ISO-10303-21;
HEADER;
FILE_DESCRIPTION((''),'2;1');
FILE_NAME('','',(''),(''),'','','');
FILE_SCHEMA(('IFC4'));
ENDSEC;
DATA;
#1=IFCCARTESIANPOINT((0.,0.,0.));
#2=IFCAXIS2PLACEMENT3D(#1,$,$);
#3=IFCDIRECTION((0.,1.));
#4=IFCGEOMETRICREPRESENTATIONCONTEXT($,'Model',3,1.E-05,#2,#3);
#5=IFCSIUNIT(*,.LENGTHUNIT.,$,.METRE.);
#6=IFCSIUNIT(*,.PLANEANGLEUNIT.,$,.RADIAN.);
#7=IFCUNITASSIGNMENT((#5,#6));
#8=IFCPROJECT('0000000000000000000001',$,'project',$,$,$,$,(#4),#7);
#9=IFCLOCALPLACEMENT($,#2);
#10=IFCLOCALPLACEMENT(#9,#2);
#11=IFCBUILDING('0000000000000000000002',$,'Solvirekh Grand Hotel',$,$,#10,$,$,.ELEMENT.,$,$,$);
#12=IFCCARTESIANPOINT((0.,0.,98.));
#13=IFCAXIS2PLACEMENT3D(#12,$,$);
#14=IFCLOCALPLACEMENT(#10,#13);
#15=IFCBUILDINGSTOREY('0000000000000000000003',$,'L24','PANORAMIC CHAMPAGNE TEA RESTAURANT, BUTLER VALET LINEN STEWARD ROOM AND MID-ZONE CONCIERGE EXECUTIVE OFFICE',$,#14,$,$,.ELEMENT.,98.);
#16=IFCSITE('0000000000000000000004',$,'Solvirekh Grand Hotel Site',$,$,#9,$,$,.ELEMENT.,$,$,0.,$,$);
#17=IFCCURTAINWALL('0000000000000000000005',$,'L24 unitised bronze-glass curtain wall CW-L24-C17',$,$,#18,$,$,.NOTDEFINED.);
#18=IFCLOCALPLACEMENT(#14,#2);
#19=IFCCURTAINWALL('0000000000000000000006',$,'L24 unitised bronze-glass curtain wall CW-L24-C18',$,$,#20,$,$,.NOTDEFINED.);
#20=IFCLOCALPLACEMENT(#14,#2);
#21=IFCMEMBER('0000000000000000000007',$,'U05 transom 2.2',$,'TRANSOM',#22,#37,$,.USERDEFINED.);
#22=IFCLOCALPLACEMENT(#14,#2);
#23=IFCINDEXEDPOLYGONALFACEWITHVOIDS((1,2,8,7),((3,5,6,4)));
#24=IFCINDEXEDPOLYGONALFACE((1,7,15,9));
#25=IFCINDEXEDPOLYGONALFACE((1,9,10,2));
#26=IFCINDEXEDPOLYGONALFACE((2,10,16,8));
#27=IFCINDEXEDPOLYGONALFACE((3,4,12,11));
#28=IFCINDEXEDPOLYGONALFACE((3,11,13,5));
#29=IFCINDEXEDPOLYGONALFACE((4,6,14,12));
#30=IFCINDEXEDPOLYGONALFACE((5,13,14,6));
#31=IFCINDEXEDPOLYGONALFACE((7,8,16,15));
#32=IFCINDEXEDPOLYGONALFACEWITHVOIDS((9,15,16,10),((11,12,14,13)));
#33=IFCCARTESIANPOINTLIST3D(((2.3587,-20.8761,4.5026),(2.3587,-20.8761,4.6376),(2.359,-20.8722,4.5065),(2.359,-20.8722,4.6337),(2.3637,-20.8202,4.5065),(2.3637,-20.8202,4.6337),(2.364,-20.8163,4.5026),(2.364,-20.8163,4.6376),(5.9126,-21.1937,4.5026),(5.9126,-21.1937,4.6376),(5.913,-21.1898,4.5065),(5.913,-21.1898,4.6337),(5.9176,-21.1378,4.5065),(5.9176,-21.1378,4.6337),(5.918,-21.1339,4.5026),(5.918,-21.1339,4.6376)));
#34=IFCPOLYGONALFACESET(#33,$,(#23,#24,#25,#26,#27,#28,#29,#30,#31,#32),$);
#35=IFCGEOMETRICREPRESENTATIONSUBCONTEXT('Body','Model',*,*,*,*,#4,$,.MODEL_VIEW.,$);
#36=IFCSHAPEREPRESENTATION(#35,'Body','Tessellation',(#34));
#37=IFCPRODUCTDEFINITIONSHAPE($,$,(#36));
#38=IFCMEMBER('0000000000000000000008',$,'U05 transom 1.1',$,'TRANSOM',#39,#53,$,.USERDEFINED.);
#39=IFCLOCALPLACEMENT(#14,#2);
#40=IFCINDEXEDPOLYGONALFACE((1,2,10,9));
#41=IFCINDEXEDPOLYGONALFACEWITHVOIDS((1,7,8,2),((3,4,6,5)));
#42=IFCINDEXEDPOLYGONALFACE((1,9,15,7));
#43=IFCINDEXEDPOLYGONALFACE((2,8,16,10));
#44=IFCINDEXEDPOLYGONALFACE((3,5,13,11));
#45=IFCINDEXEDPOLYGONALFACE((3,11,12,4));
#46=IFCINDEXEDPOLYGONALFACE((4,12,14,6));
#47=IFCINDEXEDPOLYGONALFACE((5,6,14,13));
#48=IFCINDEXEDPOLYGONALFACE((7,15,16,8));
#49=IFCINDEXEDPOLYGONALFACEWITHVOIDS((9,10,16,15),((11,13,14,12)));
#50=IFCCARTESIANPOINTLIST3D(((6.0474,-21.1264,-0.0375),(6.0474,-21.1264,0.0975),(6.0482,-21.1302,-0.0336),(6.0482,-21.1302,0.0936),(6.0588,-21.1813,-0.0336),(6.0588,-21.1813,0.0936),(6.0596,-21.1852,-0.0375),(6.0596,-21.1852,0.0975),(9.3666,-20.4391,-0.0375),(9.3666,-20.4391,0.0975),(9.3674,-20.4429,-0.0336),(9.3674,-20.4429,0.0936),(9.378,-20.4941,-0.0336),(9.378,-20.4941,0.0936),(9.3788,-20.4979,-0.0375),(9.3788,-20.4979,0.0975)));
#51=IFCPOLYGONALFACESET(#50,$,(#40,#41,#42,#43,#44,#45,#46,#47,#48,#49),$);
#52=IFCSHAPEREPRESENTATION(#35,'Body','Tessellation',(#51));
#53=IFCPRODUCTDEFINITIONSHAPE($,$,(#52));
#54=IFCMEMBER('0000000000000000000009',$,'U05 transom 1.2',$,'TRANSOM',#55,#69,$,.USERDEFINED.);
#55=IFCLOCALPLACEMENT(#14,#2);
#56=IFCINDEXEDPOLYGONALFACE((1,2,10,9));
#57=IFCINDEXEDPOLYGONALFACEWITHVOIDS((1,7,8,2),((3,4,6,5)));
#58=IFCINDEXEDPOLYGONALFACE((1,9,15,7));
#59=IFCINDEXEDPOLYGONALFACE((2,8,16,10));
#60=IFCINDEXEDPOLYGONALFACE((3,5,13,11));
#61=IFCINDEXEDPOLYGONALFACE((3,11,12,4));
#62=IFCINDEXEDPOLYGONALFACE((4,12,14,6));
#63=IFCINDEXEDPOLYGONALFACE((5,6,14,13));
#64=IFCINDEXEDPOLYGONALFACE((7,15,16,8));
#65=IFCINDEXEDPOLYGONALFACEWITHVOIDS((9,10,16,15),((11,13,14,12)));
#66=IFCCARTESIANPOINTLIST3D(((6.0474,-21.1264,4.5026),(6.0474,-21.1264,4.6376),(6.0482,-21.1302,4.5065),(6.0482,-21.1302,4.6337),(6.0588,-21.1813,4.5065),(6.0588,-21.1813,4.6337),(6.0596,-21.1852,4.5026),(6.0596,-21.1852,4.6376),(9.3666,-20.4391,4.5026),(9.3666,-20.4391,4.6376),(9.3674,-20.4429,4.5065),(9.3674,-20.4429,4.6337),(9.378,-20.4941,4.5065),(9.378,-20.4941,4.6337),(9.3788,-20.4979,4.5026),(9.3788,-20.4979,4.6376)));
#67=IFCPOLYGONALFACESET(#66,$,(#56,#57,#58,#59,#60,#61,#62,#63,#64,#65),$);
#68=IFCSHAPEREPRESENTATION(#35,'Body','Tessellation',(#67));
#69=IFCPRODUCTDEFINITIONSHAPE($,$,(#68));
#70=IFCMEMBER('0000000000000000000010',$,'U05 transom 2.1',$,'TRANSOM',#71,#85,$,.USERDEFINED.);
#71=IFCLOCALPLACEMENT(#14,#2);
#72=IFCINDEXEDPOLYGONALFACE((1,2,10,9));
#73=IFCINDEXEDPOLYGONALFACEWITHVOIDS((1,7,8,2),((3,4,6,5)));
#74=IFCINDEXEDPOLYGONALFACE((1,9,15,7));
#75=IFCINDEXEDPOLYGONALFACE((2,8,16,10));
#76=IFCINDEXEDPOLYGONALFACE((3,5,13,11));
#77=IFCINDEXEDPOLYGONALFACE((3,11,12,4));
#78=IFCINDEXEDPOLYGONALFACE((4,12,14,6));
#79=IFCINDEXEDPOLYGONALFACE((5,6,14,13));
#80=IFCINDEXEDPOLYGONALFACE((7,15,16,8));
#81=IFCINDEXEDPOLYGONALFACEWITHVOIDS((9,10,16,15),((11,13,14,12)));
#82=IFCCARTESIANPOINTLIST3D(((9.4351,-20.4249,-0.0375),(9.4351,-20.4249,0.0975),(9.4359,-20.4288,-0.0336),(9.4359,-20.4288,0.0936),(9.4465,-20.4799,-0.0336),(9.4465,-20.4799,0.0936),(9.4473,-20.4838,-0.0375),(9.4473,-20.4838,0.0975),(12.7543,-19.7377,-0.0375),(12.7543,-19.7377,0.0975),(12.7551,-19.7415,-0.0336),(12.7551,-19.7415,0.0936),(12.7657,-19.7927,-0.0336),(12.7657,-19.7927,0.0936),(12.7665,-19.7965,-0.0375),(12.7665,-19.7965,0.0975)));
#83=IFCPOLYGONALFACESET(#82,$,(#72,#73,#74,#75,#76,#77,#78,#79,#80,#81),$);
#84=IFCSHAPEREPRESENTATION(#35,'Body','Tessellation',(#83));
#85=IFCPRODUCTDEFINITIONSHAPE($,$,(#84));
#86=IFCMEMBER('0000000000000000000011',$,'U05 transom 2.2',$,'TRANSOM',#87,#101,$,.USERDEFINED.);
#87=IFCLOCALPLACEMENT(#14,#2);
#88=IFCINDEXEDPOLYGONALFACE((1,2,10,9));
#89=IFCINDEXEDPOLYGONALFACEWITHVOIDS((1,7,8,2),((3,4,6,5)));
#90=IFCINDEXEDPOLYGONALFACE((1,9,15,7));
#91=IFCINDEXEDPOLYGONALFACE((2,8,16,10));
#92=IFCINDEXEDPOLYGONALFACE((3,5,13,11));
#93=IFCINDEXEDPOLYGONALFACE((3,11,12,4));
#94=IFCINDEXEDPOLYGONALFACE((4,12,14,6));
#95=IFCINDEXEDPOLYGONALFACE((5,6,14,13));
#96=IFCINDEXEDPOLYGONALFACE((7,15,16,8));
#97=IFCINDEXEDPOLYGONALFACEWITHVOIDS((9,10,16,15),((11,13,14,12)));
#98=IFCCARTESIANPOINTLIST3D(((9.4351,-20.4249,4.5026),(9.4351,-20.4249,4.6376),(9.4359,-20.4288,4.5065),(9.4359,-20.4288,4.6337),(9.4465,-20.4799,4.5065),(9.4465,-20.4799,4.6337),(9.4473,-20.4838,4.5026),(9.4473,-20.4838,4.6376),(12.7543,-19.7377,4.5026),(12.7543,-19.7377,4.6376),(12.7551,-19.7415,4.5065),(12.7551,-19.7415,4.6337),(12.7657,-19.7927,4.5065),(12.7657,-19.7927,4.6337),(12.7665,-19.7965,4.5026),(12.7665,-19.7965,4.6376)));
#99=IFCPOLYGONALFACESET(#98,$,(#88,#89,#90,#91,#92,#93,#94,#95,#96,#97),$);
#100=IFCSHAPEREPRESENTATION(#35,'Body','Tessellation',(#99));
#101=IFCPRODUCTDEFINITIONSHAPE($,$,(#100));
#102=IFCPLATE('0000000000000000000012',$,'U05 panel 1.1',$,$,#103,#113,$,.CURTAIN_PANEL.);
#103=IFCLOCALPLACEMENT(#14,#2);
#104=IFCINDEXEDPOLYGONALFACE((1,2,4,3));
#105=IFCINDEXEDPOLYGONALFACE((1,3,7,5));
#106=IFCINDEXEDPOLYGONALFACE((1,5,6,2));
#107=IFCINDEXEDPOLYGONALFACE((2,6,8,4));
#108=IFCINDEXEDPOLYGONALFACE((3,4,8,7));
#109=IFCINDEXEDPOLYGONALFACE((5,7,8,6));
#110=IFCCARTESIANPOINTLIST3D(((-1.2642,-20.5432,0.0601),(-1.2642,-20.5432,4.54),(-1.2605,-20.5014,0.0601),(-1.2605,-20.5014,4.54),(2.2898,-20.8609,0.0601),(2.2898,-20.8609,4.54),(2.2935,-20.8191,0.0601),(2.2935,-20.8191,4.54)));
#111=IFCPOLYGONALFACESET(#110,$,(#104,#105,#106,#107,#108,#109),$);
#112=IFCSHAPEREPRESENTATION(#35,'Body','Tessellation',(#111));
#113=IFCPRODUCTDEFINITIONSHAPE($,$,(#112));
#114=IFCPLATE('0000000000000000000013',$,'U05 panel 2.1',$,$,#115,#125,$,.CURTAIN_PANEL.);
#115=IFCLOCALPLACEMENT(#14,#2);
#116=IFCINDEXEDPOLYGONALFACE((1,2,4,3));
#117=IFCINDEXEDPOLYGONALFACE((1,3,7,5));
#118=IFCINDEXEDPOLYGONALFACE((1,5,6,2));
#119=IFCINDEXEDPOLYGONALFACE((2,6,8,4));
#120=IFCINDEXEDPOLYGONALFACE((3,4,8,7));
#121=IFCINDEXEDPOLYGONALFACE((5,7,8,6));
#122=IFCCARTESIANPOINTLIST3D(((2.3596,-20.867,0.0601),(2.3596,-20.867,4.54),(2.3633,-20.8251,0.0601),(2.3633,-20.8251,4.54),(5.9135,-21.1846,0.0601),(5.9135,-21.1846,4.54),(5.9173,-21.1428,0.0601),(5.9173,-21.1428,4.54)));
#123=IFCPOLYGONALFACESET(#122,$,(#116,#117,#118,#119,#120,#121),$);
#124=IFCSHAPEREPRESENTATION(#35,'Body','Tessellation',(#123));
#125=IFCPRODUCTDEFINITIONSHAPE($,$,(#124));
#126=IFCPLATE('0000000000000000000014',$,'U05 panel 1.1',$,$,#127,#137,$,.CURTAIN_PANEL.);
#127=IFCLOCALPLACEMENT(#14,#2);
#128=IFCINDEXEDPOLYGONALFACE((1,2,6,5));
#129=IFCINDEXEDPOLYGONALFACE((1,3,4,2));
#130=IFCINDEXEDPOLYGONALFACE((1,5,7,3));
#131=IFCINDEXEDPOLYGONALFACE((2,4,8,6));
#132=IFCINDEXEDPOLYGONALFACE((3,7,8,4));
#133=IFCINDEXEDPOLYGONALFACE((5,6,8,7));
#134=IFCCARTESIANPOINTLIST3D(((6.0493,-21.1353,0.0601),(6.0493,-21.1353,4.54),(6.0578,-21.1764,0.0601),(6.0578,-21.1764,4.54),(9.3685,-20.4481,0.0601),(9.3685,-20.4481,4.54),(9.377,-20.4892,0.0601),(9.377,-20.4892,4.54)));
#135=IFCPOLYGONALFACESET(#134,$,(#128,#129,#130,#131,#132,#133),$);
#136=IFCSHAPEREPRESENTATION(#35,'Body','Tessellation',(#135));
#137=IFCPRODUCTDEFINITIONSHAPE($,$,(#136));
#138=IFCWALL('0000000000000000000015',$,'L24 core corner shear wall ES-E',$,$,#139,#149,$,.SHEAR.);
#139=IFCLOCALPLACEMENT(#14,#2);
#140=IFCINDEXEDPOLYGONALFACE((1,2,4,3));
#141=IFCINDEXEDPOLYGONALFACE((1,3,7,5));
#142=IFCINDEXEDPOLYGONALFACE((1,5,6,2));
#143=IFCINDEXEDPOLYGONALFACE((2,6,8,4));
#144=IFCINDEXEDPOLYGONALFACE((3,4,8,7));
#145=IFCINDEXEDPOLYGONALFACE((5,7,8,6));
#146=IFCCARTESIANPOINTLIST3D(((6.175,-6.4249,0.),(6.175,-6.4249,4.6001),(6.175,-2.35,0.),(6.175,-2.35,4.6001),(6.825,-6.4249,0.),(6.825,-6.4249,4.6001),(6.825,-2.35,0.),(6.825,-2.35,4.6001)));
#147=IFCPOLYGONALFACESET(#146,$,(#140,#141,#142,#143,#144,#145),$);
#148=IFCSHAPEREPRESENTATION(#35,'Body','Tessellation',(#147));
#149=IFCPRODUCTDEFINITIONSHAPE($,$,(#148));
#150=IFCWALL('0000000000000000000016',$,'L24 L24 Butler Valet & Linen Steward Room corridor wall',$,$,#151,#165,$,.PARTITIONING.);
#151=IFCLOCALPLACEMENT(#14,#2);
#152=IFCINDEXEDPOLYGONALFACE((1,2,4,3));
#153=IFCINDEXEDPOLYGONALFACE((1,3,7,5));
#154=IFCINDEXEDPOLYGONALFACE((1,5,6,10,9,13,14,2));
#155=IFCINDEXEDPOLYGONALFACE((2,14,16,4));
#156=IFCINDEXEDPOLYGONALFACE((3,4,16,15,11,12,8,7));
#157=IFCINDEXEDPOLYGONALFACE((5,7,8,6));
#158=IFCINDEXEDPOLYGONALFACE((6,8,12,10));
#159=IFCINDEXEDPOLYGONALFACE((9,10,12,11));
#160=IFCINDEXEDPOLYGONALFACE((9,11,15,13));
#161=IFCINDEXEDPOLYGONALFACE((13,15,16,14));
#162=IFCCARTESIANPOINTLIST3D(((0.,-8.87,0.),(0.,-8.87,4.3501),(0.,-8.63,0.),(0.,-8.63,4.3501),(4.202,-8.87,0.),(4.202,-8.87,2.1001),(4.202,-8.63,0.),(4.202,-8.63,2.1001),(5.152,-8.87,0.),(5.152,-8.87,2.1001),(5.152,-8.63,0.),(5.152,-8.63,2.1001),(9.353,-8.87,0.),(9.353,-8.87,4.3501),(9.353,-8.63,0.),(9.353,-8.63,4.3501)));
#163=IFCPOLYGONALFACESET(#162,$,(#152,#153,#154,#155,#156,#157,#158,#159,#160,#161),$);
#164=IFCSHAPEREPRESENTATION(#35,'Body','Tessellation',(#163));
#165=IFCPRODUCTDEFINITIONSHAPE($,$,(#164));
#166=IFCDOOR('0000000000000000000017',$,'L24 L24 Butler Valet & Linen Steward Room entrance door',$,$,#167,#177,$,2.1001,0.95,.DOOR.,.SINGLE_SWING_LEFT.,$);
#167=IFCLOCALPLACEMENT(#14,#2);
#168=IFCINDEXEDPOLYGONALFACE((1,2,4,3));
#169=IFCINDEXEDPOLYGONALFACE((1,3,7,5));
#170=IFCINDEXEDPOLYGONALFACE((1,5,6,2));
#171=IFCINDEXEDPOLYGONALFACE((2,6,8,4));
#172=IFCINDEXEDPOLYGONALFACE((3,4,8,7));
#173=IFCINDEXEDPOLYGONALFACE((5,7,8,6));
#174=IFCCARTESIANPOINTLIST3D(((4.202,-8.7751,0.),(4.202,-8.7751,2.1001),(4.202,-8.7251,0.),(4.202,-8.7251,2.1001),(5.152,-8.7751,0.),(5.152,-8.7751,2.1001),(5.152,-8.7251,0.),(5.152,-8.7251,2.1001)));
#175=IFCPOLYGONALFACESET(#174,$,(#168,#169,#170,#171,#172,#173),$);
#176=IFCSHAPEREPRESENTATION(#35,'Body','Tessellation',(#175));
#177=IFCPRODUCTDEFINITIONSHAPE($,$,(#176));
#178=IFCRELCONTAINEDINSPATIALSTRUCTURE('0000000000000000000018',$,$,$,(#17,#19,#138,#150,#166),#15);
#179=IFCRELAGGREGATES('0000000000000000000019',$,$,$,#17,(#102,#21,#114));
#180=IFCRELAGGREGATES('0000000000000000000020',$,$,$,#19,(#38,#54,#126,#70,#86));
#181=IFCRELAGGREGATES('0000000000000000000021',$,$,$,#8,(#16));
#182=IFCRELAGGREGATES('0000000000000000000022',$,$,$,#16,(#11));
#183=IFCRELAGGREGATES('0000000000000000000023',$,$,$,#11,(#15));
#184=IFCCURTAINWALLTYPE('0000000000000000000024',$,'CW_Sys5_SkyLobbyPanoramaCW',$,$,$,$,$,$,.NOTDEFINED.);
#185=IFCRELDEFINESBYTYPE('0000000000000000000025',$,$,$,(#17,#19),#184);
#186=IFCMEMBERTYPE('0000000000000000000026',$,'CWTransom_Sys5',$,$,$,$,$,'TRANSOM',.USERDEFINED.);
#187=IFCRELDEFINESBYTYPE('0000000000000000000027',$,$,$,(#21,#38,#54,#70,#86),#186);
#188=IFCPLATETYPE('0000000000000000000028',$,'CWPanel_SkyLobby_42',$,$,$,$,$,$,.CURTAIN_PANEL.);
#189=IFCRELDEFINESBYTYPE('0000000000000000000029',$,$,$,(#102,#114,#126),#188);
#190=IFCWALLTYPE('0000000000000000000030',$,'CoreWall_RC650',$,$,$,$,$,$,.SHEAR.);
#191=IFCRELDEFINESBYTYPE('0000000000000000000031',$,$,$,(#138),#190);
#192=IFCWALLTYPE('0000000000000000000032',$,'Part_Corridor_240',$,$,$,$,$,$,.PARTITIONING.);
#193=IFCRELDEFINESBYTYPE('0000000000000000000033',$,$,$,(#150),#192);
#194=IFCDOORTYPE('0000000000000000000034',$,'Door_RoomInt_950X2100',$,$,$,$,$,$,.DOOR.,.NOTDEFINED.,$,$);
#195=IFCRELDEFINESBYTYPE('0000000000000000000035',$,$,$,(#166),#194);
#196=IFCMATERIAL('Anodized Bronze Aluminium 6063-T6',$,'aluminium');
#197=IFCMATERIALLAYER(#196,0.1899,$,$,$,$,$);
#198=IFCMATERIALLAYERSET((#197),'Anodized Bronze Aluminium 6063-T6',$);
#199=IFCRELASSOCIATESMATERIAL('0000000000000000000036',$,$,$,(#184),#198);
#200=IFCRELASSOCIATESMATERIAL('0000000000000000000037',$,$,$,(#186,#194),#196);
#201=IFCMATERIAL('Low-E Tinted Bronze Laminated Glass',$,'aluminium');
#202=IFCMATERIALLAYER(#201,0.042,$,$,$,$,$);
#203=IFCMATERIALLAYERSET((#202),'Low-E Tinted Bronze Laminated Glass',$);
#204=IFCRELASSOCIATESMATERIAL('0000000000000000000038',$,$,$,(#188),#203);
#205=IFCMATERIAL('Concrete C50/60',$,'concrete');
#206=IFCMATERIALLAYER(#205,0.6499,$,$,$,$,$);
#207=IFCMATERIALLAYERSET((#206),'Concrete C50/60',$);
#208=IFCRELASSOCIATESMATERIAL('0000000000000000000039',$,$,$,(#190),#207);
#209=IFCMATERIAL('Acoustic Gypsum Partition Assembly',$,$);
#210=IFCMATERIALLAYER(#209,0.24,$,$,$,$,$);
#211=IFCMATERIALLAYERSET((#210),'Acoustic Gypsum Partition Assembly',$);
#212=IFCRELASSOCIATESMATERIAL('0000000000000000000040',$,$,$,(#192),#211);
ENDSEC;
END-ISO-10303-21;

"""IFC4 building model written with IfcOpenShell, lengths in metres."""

from ifc_helpers import new_model, si_unit, direction, frame, frame_2d, origin, origin_2d, place, context, subcontext, project, spatial, rectangle, hollow_rectangle, extrude, source, transform, mapped, material, layer, layer_set, material_profile, profile_set, type_object, element, fill, aggregate, save


model = new_model("IFC4")

# Units and contexts
model_context = context("Model", 3, precision=1e-05, world=origin(), true_north=direction((0.0, 1.0)))
body_context = subcontext(model_context, "Body", "Model", "MODEL_VIEW")
ifc_project = project(units=[si_unit("LENGTHUNIT", "METRE"), si_unit("PLANEANGLEUNIT", "RADIAN")], contexts=[model_context])

# Site, building, storey
site_placement = place(None, origin())
site = spatial("IfcSite", under=ifc_project, at=site_placement, Name="Solvirekh Grand Hotel Site", CompositionType="ELEMENT", RefElevation=0.0)
building_placement = place(site_placement, origin())
building = spatial("IfcBuilding", under=site, at=building_placement, Name="Solvirekh Grand Hotel", CompositionType="ELEMENT")
storey_placement = place(building_placement, frame((0.0, 0.0, 98.0)))
storey = spatial("IfcBuildingStorey", under=building, at=storey_placement, Name="L24", Description="PANORAMIC CHAMPAGNE TEA RESTAURANT, BUTLER VALET LINEN STEWARD ROOM AND MID-ZONE CONCIERGE EXECUTIVE OFFICE", CompositionType="ELEMENT", Elevation=98.0)

# Shared definitions
ifc_material_1 = material(Name="Concrete C50/60", Category="concrete")

# Curtain walls
ifc_material_2 = material(Name="Anodized Bronze Aluminium 6063-T6", Category="aluminium")
ifc_layer_1 = layer(ifc_material_2, 0.1899)
ifc_layer_set_1 = layer_set([ifc_layer_1], Name="Anodized Bronze Aluminium 6063-T6")
curtain_wall_type = type_object("IfcCurtainWallType", Name="CW_Sys5_SkyLobbyPanoramaCW", PredefinedType="NOTDEFINED", material=ifc_layer_set_1)
curtain_wall_1_placement = place(storey_placement, origin())
curtain_wall_1 = element("IfcCurtainWall", 1, at=curtain_wall_1_placement, inside=storey, type_object=curtain_wall_type, Name="L24 unitised bronze-glass curtain wall CW-L24-C17", PredefinedType="NOTDEFINED")
curtain_wall_2_placement = place(storey_placement, origin())
curtain_wall_2 = element("IfcCurtainWall", 2, at=curtain_wall_2_placement, inside=storey, type_object=curtain_wall_type, Name="L24 unitised bronze-glass curtain wall CW-L24-C18", PredefinedType="NOTDEFINED")

# Members
ifc_material_profile_1 = material_profile(ifc_material_2, hollow_rectangle(XDim=0.0601, YDim=0.135, WallThickness=0.0039, at=origin_2d()), Name="ALU RHS 135X60X4")
ifc_profile_set_1 = profile_set([ifc_material_profile_1], Name="Anodized Bronze Aluminium 6063-T6")
member_type_1 = type_object("IfcMemberType", Name="CWTransom_Sys5", ElementType="TRANSOM", PredefinedType="USERDEFINED", material=ifc_profile_set_1)
shared_shape_1 = source(origin(), body_context, "Body", "SweptSolid", [
    extrude(hollow_rectangle(XDim=0.0601, YDim=0.135, WallThickness=0.0039, at=origin_2d()), origin(), (0.0, 0.0, 1.0), 3.5681),
])
member_1_placement = place(storey_placement, frame((2.3613, -20.8462, 4.5701), z_axis=(0.99603, -0.089018, 0.0), x_axis=(0.089018, 0.99603, 0.0)))
member_1 = element("IfcMember", 3, at=member_1_placement, type_object=member_type_1, Name="U05 transom 2.2", ObjectType="TRANSOM", PredefinedType="USERDEFINED", context=body_context, shape_type="MappedRepresentation", body=[
    mapped(shared_shape_1, transform((0.0, 0.0, 0.0), x_axis=(1.0, 0.0, 0.0), y_axis=(0.0, 1.0, 0.0), z_axis=(0.0, 0.0, 1.0), scale=1.0)),
])
shared_shape_2 = source(origin(), body_context, "Body", "SweptSolid", [
    extrude(hollow_rectangle(XDim=0.0601, YDim=0.135, WallThickness=0.0039, at=origin_2d()), origin(), (0.0, 0.0, 1.0), 3.3896),
])
member_2_placement = place(storey_placement, frame((6.0535, -21.1558, 0.03), z_axis=(0.979231, 0.202746, 0.0), x_axis=(-0.202746, 0.979231, 0.0)))
member_2 = element("IfcMember", 4, at=member_2_placement, type_object=member_type_1, Name="U05 transom 1.1", ObjectType="TRANSOM", PredefinedType="USERDEFINED", context=body_context, shape_type="MappedRepresentation", body=[
    mapped(shared_shape_2, transform((0.0, 0.0, 0.0), x_axis=(1.0, 0.0, 0.0), y_axis=(0.0, 1.0, 0.0), z_axis=(0.0, 0.0, 1.0), scale=1.0)),
])
member_3_placement = place(storey_placement, frame((6.0535, -21.1558, 4.5701), z_axis=(0.979231, 0.202746, 0.0), x_axis=(-0.202746, 0.979231, 0.0)))
member_3 = element("IfcMember", 5, at=member_3_placement, type_object=member_type_1, Name="U05 transom 1.2", ObjectType="TRANSOM", PredefinedType="USERDEFINED", context=body_context, shape_type="MappedRepresentation", body=[
    mapped(shared_shape_2, transform((0.0, 0.0, 0.0), x_axis=(1.0, 0.0, 0.0), y_axis=(0.0, 1.0, 0.0), z_axis=(0.0, 0.0, 1.0), scale=1.0)),
])
member_4_placement = place(storey_placement, frame((9.4412, -20.4543, 0.03), z_axis=(0.979231, 0.202746, 0.0), x_axis=(-0.202746, 0.979231, 0.0)))
member_4 = element("IfcMember", 6, at=member_4_placement, type_object=member_type_1, Name="U05 transom 2.1", ObjectType="TRANSOM", PredefinedType="USERDEFINED", context=body_context, shape_type="MappedRepresentation", body=[
    mapped(shared_shape_2, transform((0.0, 0.0, 0.0), x_axis=(1.0, 0.0, 0.0), y_axis=(0.0, 1.0, 0.0), z_axis=(0.0, 0.0, 1.0), scale=1.0)),
])
member_5_placement = place(storey_placement, frame((9.4412, -20.4543, 4.5701), z_axis=(0.979231, 0.202746, 0.0), x_axis=(-0.202746, 0.979231, 0.0)))
member_5 = element("IfcMember", 7, at=member_5_placement, type_object=member_type_1, Name="U05 transom 2.2", ObjectType="TRANSOM", PredefinedType="USERDEFINED", context=body_context, shape_type="MappedRepresentation", body=[
    mapped(shared_shape_2, transform((0.0, 0.0, 0.0), x_axis=(1.0, 0.0, 0.0), y_axis=(0.0, 1.0, 0.0), z_axis=(0.0, 0.0, 1.0), scale=1.0)),
])

# Plates
ifc_material_3 = material(Name="Low-E Tinted Bronze Laminated Glass", Category="aluminium")
ifc_layer_2 = layer(ifc_material_3, 0.042)
ifc_layer_set_2 = layer_set([ifc_layer_2], Name="Low-E Tinted Bronze Laminated Glass")
plate_type = type_object("IfcPlateType", Name="CWPanel_SkyLobby_42", PredefinedType="CURTAIN_PANEL", material=ifc_layer_set_2)
shared_shape_3 = source(origin(), body_context, "Body", "SweptSolid", [
    extrude(rectangle(XDim=3.5681, YDim=0.042, at=origin_2d()), origin(), (0.0, 0.0, 1.0), 4.48),
])
plate_1_placement = place(storey_placement, frame((0.5146, -20.6812, 0.0601), z_axis=(0.0, 0.0, 1.0), x_axis=(0.996029, -0.089026, 0.0)))
plate_1 = element("IfcPlate", 8, at=plate_1_placement, type_object=plate_type, Name="U05 panel 1.1", PredefinedType="CURTAIN_PANEL", context=body_context, shape_type="MappedRepresentation", body=[
    mapped(shared_shape_3, transform((0.0, 0.0, 0.0), x_axis=(1.0, 0.0, 0.0), y_axis=(0.0, 1.0, 0.0), z_axis=(0.0, 0.0, 1.0), scale=1.0)),
])
plate_2_placement = place(storey_placement, frame((4.1384, -21.0049, 0.0601), z_axis=(0.0, 0.0, 1.0), x_axis=(0.996029, -0.089026, 0.0)))
plate_2 = element("IfcPlate", 9, at=plate_2_placement, type_object=plate_type, Name="U05 panel 2.1", PredefinedType="CURTAIN_PANEL", context=body_context, shape_type="MappedRepresentation", body=[
    mapped(shared_shape_3, transform((0.0, 0.0, 0.0), x_axis=(1.0, 0.0, 0.0), y_axis=(0.0, 1.0, 0.0), z_axis=(0.0, 0.0, 1.0), scale=1.0)),
])
aggregate(curtain_wall_1, [plate_1, member_1, plate_2])
shared_shape_4 = source(origin(), body_context, "Body", "SweptSolid", [
    extrude(rectangle(XDim=3.3896, YDim=0.042, at=origin_2d()), origin(), (0.0, 0.0, 1.0), 4.48),
])
plate_3_placement = place(storey_placement, frame((7.7131, -20.8123, 0.0601), z_axis=(0.0, 0.0, 1.0), x_axis=(0.979232, 0.202743, 0.0)))
plate_3 = element("IfcPlate", 10, at=plate_3_placement, type_object=plate_type, Name="U05 panel 1.1", PredefinedType="CURTAIN_PANEL", context=body_context, shape_type="MappedRepresentation", body=[
    mapped(shared_shape_4, transform((0.0, 0.0, 0.0), x_axis=(1.0, 0.0, 0.0), y_axis=(0.0, 1.0, 0.0), z_axis=(0.0, 0.0, 1.0), scale=1.0)),
])
aggregate(curtain_wall_2, [member_2, member_3, plate_3, member_4, member_5])

# Wall
ifc_layer_3 = layer(ifc_material_1, 0.6499)
ifc_layer_set_3 = layer_set([ifc_layer_3], Name="Concrete C50/60")
wall_type_1 = type_object("IfcWallType", Name="CoreWall_RC650", PredefinedType="SHEAR", material=ifc_layer_set_3)
wall_1_placement = place(storey_placement, frame((6.5, -6.425, 0.0), z_axis=(0.0, 0.0, 1.0), x_axis=(0.0, 1.0, 0.0)))
element("IfcWall", 11, at=wall_1_placement, inside=storey, type_object=wall_type_1, Name="L24 core corner shear wall ES-E", PredefinedType="SHEAR", context=body_context, shape_type="SweptSolid", body=[
    extrude(rectangle(XDim=4.075, YDim=0.6499, at=frame_2d((2.0376, 0.0))), origin(), (0.0, 0.0, 1.0), 4.6001),
])

# Wall, opening, door
ifc_material_4 = material(Name="Acoustic Gypsum Partition Assembly")
ifc_layer_4 = layer(ifc_material_4, 0.24)
ifc_layer_set_4 = layer_set([ifc_layer_4], Name="Acoustic Gypsum Partition Assembly")
wall_type_2 = type_object("IfcWallType", Name="Part_Corridor_240", PredefinedType="PARTITIONING", material=ifc_layer_set_4)
wall_2_placement = place(storey_placement, frame((0.0, -8.75, 0.0), z_axis=(0.0, 0.0, 1.0), x_axis=(1.0, 0.0, 0.0)))
wall_2 = element("IfcWall", 12, at=wall_2_placement, inside=storey, type_object=wall_type_2, Name="L24 L24 Butler Valet & Linen Steward Room corridor wall", PredefinedType="PARTITIONING", context=body_context, shape_type="SweptSolid", body=[
    extrude(rectangle(XDim=9.353, YDim=0.24, at=frame_2d((4.6765, 0.0))), origin(), (0.0, 0.0, 1.0), 4.3501),
])
opening_placement = place(wall_2_placement, frame((4.2019, 0.0, 0.0)))
opening = element("IfcOpeningElement", 13, at=opening_placement, cuts=wall_2, PredefinedType="OPENING", context=body_context, shape_type="SweptSolid", body=[
    extrude(rectangle(XDim=0.95, YDim=2.1001, at=frame_2d((0.4751, 1.05))), frame((0.0, 0.1299, 0.0), z_axis=(0.0, -1.0, 0.0), x_axis=(1.0, 0.0, 0.0)), (0.0, 0.0, 1.0), 0.26),
])
door_type = type_object("IfcDoorType", Name="Door_RoomInt_950X2100", OperationType="NOTDEFINED", PredefinedType="DOOR", material=ifc_material_2)
door_placement = place(opening_placement, origin())
door = element("IfcDoor", 14, at=door_placement, inside=storey, type_object=door_type, Name="L24 L24 Butler Valet & Linen Steward Room entrance door", OperationType="SINGLE_SWING_LEFT", OverallHeight=2.1001, OverallWidth=0.95, PredefinedType="DOOR", context=body_context, shape_type="SweptSolid", body=[
    extrude(rectangle(XDim=0.95, YDim=2.1001, at=frame_2d((0.4751, 1.05))), frame((0.0, 0.0249, 0.0), z_axis=(0.0, -1.0, 0.0), x_axis=(1.0, 0.0, 0.0)), (0.0, 0.0, 1.0), 0.05),
])
fill(opening, door)

save(model, "model.ifc")
